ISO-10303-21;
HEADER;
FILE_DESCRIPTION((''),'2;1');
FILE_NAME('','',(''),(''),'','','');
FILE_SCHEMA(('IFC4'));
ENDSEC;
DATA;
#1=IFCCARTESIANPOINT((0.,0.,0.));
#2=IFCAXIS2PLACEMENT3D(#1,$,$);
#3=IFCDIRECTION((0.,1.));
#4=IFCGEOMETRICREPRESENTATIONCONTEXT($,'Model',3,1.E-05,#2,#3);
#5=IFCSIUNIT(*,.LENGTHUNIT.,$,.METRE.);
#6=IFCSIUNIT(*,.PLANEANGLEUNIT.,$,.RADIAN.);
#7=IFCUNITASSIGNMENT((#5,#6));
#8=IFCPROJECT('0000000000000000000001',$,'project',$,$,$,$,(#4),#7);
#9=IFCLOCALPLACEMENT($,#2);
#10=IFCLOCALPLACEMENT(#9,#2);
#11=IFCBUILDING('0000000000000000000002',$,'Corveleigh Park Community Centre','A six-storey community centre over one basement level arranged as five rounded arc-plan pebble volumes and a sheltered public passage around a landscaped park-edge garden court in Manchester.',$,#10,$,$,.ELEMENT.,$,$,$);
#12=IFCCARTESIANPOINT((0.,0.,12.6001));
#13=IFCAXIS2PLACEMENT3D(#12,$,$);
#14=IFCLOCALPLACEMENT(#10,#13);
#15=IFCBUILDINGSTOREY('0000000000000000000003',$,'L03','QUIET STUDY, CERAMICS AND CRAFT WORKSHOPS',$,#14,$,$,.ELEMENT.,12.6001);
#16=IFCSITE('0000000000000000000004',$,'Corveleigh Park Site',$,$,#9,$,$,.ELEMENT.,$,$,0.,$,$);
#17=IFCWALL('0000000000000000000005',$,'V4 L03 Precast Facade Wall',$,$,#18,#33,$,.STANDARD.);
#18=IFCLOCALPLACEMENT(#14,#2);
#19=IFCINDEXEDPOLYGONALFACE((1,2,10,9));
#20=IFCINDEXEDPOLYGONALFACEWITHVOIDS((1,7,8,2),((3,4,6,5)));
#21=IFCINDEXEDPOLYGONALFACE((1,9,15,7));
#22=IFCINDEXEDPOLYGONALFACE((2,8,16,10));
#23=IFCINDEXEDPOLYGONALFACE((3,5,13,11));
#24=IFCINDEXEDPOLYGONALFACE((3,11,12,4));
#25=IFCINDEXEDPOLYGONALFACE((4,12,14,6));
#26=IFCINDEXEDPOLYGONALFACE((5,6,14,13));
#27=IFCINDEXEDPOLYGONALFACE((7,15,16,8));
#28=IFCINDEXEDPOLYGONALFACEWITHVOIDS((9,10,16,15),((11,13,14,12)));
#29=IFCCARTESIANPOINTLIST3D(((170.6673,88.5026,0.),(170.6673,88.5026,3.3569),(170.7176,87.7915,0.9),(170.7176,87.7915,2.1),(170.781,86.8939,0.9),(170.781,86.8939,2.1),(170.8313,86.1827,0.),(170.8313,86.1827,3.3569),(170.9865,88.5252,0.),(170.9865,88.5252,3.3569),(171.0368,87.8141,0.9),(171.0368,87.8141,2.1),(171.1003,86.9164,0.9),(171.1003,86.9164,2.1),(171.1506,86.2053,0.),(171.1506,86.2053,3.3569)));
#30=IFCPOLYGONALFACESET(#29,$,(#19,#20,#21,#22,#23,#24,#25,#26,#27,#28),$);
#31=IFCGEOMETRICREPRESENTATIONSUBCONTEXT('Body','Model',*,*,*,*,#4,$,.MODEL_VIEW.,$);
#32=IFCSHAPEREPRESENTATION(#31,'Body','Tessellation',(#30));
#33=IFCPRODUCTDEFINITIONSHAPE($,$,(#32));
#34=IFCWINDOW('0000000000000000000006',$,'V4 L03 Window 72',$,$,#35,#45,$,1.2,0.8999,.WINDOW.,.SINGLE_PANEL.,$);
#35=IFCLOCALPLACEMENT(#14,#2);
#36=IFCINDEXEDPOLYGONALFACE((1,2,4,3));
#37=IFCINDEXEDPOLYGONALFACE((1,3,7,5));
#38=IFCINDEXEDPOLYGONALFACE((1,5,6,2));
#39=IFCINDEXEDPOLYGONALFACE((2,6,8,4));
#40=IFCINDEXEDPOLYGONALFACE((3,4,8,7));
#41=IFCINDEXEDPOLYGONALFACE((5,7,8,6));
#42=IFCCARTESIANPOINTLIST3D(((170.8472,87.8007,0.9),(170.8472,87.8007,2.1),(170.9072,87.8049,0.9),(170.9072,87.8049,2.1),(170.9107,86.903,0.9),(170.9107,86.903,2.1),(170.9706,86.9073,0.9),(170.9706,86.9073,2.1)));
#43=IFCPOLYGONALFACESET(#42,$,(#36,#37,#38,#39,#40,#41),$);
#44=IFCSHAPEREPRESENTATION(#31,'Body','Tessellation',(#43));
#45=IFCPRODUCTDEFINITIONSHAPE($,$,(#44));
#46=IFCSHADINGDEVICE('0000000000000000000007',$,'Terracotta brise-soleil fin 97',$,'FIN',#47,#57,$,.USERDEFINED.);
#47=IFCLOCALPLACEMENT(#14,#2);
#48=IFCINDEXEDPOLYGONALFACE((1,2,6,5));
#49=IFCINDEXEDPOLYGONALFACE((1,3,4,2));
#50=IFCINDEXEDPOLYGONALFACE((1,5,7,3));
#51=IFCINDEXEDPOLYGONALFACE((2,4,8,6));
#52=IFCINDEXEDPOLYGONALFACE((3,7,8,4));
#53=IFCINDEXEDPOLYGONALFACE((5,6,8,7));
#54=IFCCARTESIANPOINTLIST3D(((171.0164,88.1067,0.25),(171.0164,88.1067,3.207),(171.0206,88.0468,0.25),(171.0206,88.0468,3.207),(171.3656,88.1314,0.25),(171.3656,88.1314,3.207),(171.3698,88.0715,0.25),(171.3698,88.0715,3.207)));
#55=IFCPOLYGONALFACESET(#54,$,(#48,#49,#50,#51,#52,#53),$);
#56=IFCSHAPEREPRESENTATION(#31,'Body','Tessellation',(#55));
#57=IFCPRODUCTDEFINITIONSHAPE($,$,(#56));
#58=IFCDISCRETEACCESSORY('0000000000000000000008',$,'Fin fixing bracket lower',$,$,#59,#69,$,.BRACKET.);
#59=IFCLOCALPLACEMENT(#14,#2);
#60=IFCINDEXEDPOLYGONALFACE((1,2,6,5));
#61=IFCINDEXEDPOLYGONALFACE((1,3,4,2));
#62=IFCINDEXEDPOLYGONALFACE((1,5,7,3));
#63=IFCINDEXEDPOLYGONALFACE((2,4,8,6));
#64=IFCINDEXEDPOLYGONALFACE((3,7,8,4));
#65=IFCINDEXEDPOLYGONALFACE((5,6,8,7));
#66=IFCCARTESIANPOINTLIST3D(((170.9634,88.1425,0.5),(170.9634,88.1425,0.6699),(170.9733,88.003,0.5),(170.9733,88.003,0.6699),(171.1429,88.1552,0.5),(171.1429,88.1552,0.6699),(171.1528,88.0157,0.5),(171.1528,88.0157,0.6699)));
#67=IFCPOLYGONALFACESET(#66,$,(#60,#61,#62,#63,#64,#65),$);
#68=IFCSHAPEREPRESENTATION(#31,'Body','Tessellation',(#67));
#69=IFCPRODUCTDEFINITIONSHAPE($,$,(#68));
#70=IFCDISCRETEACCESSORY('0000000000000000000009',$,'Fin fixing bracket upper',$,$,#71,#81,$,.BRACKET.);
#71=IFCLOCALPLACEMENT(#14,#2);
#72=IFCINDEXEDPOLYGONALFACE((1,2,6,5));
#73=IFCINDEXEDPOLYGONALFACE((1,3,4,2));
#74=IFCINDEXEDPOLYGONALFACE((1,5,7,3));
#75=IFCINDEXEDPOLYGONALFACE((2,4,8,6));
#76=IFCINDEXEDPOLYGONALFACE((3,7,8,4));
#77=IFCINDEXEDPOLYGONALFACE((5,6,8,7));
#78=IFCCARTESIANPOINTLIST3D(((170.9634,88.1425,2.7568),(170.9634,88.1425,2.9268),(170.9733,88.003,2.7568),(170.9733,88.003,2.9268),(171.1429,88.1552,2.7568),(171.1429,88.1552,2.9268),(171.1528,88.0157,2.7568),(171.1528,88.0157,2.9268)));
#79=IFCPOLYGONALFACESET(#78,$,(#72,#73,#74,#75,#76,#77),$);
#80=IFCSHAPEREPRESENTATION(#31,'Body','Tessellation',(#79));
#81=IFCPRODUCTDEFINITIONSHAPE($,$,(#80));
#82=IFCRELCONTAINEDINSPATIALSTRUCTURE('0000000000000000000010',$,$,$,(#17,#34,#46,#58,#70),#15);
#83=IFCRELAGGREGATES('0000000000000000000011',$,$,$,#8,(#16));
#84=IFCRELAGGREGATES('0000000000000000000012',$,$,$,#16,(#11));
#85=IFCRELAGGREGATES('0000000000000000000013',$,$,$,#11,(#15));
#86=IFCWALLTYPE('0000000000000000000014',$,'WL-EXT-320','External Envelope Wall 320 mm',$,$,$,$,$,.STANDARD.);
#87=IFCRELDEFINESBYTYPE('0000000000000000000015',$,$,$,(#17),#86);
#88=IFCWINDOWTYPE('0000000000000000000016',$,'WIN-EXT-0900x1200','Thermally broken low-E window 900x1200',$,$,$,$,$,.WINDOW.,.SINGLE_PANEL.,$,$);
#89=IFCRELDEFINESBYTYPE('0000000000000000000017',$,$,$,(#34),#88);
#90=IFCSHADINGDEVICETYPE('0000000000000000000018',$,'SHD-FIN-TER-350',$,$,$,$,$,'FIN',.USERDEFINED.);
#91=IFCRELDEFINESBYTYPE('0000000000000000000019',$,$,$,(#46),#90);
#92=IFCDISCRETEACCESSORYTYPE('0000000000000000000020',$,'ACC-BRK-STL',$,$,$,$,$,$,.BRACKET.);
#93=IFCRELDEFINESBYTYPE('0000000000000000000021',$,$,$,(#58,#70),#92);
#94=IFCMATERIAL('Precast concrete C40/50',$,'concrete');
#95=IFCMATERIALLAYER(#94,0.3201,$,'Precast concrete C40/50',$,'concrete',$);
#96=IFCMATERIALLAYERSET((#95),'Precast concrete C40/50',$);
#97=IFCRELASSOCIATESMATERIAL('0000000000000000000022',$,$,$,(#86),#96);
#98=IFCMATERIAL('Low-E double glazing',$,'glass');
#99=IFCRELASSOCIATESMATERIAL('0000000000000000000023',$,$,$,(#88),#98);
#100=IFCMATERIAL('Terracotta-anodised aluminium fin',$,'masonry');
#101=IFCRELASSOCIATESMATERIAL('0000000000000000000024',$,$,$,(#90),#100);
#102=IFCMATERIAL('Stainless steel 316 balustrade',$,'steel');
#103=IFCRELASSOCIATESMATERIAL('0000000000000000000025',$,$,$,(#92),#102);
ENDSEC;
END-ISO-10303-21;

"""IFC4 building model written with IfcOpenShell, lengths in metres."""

from ifc_helpers import new_model, si_unit, direction, frame, frame_2d, origin, origin_2d, place, context, subcontext, project, spatial, rectangle, extrude, material, layer, layer_set, type_object, element, fill, save


model = new_model("IFC4")

# Units and contexts
model_context = context("Model", 3, precision=1e-05, world=origin(), true_north=direction((0.0, 1.0)))
body_context = subcontext(model_context, "Body", "Model", "MODEL_VIEW")
ifc_project = project(units=[si_unit("LENGTHUNIT", "METRE"), si_unit("PLANEANGLEUNIT", "RADIAN")], contexts=[model_context])

# Site, building, storey
site_placement = place(None, origin())
site = spatial("IfcSite", under=ifc_project, at=site_placement, Name="Corveleigh Park Site", CompositionType="ELEMENT", RefElevation=0.0)
building_placement = place(site_placement, origin())
building = spatial("IfcBuilding", under=site, at=building_placement, Name="Corveleigh Park Community Centre", Description="A six-storey community centre over one basement level arranged as five rounded arc-plan pebble volumes and a sheltered public passage around a landscaped park-edge garden court in Manchester.", CompositionType="ELEMENT")
storey_placement = place(building_placement, frame((0.0, 0.0, 12.6001)))
storey = spatial("IfcBuildingStorey", under=building, at=storey_placement, Name="L03", Description="QUIET STUDY, CERAMICS AND CRAFT WORKSHOPS", CompositionType="ELEMENT", Elevation=12.6001)

# Shared definitions
ifc_material_1 = material(Name="Low-E double glazing", Category="glass")

# Wall, opening, window
ifc_material_2 = material(Name="Precast concrete C40/50", Category="concrete")
ifc_layer_1 = layer(ifc_material_2, 0.3201, Name="Precast concrete C40/50", Category="concrete")
ifc_layer_set_1 = layer_set([ifc_layer_1], Name="Precast concrete C40/50")
wall_type = type_object("IfcWallType", Name="WL-EXT-320", Description="External Envelope Wall 320 mm", PredefinedType="STANDARD", material=ifc_layer_set_1)
wall_placement = place(storey_placement, frame((170.8269, 88.5139, 0.0), z_axis=(0.0, 0.0, 1.0), x_axis=(0.070546, -0.997509, 0.0)))
wall = element("IfcWall", 1, at=wall_placement, inside=storey, type_object=wall_type, Name="V4 L03 Precast Facade Wall", PredefinedType="STANDARD", context=body_context, shape_type="SweptSolid", body=[
    extrude(rectangle(XDim=2.3257, YDim=0.3201, at=frame_2d((1.1628, 0.0))), origin(), (0.0, 0.0, 1.0), 3.3569),
])
opening_placement = place(wall_placement, frame((0.7129, 0.0, 0.8999)))
opening = element("IfcOpeningElement", 2, at=opening_placement, cuts=wall, PredefinedType="OPENING", context=body_context, shape_type="SweptSolid", body=[
    extrude(rectangle(XDim=0.8999, YDim=1.2, at=frame_2d((0.45, 0.6001))), frame((0.0, 0.1699, 0.0), z_axis=(0.0, -1.0, 0.0), x_axis=(1.0, 0.0, 0.0)), (0.0, 0.0, 1.0), 0.3401),
])
window_type = type_object("IfcWindowType", Name="WIN-EXT-0900x1200", Description="Thermally broken low-E window 900x1200", PartitioningType="SINGLE_PANEL", PredefinedType="WINDOW", material=ifc_material_1)
window_placement = place(opening_placement, origin())
window = element("IfcWindow", 3, at=window_placement, inside=storey, type_object=window_type, Name="V4 L03 Window 72", OverallHeight=1.2, OverallWidth=0.8999, PartitioningType="SINGLE_PANEL", PredefinedType="WINDOW", context=body_context, shape_type="SweptSolid", body=[
    extrude(rectangle(XDim=0.8999, YDim=1.2, at=frame_2d((0.45, 0.6001))), frame((0.0, 0.03, 0.0), z_axis=(0.0, -1.0, 0.0), x_axis=(1.0, 0.0, 0.0)), (0.0, 0.0, 1.0), 0.0601),
])
fill(opening, window)

# Shading device
ifc_material_3 = material(Name="Terracotta-anodised aluminium fin", Category="masonry")
shading_device_type = type_object("IfcShadingDeviceType", Name="SHD-FIN-TER-350", ElementType="FIN", PredefinedType="USERDEFINED", material=ifc_material_3)
shading_device_placement = place(storey_placement, frame((171.1931, 88.0891, 0.25), z_axis=(0.0, 0.0, 1.0), x_axis=(0.997511, 0.070514, 0.0)))
element("IfcShadingDevice", 4, at=shading_device_placement, inside=storey, type_object=shading_device_type, Name="Terracotta brise-soleil fin 97", ObjectType="FIN", PredefinedType="USERDEFINED", context=body_context, shape_type="SweptSolid", body=[
    extrude(rectangle(XDim=0.3501, YDim=0.0601, at=origin_2d()), origin(), (0.0, 0.0, 1.0), 2.957),
])

# Discrete accessories
ifc_material_4 = material(Name="Stainless steel 316 balustrade", Category="steel")
discrete_accessory_type = type_object("IfcDiscreteAccessoryType", Name="ACC-BRK-STL", PredefinedType="BRACKET", material=ifc_material_4)
for number, where, z_axis, x_axis, name in (
    (5, (171.0581, 88.0791, 0.5), (0.0, 0.0, 1.0), (0.997511, 0.070514, 0.0), "Fin fixing bracket lower"),
    (6, (171.0581, 88.0791, 2.7568), (0.0, 0.0, 1.0), (0.997511, 0.070514, 0.0), "Fin fixing bracket upper"),
):
    element("IfcDiscreteAccessory", number, at=place(storey_placement, frame(where, z_axis=z_axis, x_axis=x_axis)), inside=storey, type_object=discrete_accessory_type, Name=name, PredefinedType="BRACKET", context=body_context, shape_type="SweptSolid", body=[
        extrude(rectangle(XDim=0.1799, YDim=0.1399, at=origin_2d()), origin(), (0.0, 0.0, 1.0), 0.1699),
    ])

save(model, "model.ifc")
